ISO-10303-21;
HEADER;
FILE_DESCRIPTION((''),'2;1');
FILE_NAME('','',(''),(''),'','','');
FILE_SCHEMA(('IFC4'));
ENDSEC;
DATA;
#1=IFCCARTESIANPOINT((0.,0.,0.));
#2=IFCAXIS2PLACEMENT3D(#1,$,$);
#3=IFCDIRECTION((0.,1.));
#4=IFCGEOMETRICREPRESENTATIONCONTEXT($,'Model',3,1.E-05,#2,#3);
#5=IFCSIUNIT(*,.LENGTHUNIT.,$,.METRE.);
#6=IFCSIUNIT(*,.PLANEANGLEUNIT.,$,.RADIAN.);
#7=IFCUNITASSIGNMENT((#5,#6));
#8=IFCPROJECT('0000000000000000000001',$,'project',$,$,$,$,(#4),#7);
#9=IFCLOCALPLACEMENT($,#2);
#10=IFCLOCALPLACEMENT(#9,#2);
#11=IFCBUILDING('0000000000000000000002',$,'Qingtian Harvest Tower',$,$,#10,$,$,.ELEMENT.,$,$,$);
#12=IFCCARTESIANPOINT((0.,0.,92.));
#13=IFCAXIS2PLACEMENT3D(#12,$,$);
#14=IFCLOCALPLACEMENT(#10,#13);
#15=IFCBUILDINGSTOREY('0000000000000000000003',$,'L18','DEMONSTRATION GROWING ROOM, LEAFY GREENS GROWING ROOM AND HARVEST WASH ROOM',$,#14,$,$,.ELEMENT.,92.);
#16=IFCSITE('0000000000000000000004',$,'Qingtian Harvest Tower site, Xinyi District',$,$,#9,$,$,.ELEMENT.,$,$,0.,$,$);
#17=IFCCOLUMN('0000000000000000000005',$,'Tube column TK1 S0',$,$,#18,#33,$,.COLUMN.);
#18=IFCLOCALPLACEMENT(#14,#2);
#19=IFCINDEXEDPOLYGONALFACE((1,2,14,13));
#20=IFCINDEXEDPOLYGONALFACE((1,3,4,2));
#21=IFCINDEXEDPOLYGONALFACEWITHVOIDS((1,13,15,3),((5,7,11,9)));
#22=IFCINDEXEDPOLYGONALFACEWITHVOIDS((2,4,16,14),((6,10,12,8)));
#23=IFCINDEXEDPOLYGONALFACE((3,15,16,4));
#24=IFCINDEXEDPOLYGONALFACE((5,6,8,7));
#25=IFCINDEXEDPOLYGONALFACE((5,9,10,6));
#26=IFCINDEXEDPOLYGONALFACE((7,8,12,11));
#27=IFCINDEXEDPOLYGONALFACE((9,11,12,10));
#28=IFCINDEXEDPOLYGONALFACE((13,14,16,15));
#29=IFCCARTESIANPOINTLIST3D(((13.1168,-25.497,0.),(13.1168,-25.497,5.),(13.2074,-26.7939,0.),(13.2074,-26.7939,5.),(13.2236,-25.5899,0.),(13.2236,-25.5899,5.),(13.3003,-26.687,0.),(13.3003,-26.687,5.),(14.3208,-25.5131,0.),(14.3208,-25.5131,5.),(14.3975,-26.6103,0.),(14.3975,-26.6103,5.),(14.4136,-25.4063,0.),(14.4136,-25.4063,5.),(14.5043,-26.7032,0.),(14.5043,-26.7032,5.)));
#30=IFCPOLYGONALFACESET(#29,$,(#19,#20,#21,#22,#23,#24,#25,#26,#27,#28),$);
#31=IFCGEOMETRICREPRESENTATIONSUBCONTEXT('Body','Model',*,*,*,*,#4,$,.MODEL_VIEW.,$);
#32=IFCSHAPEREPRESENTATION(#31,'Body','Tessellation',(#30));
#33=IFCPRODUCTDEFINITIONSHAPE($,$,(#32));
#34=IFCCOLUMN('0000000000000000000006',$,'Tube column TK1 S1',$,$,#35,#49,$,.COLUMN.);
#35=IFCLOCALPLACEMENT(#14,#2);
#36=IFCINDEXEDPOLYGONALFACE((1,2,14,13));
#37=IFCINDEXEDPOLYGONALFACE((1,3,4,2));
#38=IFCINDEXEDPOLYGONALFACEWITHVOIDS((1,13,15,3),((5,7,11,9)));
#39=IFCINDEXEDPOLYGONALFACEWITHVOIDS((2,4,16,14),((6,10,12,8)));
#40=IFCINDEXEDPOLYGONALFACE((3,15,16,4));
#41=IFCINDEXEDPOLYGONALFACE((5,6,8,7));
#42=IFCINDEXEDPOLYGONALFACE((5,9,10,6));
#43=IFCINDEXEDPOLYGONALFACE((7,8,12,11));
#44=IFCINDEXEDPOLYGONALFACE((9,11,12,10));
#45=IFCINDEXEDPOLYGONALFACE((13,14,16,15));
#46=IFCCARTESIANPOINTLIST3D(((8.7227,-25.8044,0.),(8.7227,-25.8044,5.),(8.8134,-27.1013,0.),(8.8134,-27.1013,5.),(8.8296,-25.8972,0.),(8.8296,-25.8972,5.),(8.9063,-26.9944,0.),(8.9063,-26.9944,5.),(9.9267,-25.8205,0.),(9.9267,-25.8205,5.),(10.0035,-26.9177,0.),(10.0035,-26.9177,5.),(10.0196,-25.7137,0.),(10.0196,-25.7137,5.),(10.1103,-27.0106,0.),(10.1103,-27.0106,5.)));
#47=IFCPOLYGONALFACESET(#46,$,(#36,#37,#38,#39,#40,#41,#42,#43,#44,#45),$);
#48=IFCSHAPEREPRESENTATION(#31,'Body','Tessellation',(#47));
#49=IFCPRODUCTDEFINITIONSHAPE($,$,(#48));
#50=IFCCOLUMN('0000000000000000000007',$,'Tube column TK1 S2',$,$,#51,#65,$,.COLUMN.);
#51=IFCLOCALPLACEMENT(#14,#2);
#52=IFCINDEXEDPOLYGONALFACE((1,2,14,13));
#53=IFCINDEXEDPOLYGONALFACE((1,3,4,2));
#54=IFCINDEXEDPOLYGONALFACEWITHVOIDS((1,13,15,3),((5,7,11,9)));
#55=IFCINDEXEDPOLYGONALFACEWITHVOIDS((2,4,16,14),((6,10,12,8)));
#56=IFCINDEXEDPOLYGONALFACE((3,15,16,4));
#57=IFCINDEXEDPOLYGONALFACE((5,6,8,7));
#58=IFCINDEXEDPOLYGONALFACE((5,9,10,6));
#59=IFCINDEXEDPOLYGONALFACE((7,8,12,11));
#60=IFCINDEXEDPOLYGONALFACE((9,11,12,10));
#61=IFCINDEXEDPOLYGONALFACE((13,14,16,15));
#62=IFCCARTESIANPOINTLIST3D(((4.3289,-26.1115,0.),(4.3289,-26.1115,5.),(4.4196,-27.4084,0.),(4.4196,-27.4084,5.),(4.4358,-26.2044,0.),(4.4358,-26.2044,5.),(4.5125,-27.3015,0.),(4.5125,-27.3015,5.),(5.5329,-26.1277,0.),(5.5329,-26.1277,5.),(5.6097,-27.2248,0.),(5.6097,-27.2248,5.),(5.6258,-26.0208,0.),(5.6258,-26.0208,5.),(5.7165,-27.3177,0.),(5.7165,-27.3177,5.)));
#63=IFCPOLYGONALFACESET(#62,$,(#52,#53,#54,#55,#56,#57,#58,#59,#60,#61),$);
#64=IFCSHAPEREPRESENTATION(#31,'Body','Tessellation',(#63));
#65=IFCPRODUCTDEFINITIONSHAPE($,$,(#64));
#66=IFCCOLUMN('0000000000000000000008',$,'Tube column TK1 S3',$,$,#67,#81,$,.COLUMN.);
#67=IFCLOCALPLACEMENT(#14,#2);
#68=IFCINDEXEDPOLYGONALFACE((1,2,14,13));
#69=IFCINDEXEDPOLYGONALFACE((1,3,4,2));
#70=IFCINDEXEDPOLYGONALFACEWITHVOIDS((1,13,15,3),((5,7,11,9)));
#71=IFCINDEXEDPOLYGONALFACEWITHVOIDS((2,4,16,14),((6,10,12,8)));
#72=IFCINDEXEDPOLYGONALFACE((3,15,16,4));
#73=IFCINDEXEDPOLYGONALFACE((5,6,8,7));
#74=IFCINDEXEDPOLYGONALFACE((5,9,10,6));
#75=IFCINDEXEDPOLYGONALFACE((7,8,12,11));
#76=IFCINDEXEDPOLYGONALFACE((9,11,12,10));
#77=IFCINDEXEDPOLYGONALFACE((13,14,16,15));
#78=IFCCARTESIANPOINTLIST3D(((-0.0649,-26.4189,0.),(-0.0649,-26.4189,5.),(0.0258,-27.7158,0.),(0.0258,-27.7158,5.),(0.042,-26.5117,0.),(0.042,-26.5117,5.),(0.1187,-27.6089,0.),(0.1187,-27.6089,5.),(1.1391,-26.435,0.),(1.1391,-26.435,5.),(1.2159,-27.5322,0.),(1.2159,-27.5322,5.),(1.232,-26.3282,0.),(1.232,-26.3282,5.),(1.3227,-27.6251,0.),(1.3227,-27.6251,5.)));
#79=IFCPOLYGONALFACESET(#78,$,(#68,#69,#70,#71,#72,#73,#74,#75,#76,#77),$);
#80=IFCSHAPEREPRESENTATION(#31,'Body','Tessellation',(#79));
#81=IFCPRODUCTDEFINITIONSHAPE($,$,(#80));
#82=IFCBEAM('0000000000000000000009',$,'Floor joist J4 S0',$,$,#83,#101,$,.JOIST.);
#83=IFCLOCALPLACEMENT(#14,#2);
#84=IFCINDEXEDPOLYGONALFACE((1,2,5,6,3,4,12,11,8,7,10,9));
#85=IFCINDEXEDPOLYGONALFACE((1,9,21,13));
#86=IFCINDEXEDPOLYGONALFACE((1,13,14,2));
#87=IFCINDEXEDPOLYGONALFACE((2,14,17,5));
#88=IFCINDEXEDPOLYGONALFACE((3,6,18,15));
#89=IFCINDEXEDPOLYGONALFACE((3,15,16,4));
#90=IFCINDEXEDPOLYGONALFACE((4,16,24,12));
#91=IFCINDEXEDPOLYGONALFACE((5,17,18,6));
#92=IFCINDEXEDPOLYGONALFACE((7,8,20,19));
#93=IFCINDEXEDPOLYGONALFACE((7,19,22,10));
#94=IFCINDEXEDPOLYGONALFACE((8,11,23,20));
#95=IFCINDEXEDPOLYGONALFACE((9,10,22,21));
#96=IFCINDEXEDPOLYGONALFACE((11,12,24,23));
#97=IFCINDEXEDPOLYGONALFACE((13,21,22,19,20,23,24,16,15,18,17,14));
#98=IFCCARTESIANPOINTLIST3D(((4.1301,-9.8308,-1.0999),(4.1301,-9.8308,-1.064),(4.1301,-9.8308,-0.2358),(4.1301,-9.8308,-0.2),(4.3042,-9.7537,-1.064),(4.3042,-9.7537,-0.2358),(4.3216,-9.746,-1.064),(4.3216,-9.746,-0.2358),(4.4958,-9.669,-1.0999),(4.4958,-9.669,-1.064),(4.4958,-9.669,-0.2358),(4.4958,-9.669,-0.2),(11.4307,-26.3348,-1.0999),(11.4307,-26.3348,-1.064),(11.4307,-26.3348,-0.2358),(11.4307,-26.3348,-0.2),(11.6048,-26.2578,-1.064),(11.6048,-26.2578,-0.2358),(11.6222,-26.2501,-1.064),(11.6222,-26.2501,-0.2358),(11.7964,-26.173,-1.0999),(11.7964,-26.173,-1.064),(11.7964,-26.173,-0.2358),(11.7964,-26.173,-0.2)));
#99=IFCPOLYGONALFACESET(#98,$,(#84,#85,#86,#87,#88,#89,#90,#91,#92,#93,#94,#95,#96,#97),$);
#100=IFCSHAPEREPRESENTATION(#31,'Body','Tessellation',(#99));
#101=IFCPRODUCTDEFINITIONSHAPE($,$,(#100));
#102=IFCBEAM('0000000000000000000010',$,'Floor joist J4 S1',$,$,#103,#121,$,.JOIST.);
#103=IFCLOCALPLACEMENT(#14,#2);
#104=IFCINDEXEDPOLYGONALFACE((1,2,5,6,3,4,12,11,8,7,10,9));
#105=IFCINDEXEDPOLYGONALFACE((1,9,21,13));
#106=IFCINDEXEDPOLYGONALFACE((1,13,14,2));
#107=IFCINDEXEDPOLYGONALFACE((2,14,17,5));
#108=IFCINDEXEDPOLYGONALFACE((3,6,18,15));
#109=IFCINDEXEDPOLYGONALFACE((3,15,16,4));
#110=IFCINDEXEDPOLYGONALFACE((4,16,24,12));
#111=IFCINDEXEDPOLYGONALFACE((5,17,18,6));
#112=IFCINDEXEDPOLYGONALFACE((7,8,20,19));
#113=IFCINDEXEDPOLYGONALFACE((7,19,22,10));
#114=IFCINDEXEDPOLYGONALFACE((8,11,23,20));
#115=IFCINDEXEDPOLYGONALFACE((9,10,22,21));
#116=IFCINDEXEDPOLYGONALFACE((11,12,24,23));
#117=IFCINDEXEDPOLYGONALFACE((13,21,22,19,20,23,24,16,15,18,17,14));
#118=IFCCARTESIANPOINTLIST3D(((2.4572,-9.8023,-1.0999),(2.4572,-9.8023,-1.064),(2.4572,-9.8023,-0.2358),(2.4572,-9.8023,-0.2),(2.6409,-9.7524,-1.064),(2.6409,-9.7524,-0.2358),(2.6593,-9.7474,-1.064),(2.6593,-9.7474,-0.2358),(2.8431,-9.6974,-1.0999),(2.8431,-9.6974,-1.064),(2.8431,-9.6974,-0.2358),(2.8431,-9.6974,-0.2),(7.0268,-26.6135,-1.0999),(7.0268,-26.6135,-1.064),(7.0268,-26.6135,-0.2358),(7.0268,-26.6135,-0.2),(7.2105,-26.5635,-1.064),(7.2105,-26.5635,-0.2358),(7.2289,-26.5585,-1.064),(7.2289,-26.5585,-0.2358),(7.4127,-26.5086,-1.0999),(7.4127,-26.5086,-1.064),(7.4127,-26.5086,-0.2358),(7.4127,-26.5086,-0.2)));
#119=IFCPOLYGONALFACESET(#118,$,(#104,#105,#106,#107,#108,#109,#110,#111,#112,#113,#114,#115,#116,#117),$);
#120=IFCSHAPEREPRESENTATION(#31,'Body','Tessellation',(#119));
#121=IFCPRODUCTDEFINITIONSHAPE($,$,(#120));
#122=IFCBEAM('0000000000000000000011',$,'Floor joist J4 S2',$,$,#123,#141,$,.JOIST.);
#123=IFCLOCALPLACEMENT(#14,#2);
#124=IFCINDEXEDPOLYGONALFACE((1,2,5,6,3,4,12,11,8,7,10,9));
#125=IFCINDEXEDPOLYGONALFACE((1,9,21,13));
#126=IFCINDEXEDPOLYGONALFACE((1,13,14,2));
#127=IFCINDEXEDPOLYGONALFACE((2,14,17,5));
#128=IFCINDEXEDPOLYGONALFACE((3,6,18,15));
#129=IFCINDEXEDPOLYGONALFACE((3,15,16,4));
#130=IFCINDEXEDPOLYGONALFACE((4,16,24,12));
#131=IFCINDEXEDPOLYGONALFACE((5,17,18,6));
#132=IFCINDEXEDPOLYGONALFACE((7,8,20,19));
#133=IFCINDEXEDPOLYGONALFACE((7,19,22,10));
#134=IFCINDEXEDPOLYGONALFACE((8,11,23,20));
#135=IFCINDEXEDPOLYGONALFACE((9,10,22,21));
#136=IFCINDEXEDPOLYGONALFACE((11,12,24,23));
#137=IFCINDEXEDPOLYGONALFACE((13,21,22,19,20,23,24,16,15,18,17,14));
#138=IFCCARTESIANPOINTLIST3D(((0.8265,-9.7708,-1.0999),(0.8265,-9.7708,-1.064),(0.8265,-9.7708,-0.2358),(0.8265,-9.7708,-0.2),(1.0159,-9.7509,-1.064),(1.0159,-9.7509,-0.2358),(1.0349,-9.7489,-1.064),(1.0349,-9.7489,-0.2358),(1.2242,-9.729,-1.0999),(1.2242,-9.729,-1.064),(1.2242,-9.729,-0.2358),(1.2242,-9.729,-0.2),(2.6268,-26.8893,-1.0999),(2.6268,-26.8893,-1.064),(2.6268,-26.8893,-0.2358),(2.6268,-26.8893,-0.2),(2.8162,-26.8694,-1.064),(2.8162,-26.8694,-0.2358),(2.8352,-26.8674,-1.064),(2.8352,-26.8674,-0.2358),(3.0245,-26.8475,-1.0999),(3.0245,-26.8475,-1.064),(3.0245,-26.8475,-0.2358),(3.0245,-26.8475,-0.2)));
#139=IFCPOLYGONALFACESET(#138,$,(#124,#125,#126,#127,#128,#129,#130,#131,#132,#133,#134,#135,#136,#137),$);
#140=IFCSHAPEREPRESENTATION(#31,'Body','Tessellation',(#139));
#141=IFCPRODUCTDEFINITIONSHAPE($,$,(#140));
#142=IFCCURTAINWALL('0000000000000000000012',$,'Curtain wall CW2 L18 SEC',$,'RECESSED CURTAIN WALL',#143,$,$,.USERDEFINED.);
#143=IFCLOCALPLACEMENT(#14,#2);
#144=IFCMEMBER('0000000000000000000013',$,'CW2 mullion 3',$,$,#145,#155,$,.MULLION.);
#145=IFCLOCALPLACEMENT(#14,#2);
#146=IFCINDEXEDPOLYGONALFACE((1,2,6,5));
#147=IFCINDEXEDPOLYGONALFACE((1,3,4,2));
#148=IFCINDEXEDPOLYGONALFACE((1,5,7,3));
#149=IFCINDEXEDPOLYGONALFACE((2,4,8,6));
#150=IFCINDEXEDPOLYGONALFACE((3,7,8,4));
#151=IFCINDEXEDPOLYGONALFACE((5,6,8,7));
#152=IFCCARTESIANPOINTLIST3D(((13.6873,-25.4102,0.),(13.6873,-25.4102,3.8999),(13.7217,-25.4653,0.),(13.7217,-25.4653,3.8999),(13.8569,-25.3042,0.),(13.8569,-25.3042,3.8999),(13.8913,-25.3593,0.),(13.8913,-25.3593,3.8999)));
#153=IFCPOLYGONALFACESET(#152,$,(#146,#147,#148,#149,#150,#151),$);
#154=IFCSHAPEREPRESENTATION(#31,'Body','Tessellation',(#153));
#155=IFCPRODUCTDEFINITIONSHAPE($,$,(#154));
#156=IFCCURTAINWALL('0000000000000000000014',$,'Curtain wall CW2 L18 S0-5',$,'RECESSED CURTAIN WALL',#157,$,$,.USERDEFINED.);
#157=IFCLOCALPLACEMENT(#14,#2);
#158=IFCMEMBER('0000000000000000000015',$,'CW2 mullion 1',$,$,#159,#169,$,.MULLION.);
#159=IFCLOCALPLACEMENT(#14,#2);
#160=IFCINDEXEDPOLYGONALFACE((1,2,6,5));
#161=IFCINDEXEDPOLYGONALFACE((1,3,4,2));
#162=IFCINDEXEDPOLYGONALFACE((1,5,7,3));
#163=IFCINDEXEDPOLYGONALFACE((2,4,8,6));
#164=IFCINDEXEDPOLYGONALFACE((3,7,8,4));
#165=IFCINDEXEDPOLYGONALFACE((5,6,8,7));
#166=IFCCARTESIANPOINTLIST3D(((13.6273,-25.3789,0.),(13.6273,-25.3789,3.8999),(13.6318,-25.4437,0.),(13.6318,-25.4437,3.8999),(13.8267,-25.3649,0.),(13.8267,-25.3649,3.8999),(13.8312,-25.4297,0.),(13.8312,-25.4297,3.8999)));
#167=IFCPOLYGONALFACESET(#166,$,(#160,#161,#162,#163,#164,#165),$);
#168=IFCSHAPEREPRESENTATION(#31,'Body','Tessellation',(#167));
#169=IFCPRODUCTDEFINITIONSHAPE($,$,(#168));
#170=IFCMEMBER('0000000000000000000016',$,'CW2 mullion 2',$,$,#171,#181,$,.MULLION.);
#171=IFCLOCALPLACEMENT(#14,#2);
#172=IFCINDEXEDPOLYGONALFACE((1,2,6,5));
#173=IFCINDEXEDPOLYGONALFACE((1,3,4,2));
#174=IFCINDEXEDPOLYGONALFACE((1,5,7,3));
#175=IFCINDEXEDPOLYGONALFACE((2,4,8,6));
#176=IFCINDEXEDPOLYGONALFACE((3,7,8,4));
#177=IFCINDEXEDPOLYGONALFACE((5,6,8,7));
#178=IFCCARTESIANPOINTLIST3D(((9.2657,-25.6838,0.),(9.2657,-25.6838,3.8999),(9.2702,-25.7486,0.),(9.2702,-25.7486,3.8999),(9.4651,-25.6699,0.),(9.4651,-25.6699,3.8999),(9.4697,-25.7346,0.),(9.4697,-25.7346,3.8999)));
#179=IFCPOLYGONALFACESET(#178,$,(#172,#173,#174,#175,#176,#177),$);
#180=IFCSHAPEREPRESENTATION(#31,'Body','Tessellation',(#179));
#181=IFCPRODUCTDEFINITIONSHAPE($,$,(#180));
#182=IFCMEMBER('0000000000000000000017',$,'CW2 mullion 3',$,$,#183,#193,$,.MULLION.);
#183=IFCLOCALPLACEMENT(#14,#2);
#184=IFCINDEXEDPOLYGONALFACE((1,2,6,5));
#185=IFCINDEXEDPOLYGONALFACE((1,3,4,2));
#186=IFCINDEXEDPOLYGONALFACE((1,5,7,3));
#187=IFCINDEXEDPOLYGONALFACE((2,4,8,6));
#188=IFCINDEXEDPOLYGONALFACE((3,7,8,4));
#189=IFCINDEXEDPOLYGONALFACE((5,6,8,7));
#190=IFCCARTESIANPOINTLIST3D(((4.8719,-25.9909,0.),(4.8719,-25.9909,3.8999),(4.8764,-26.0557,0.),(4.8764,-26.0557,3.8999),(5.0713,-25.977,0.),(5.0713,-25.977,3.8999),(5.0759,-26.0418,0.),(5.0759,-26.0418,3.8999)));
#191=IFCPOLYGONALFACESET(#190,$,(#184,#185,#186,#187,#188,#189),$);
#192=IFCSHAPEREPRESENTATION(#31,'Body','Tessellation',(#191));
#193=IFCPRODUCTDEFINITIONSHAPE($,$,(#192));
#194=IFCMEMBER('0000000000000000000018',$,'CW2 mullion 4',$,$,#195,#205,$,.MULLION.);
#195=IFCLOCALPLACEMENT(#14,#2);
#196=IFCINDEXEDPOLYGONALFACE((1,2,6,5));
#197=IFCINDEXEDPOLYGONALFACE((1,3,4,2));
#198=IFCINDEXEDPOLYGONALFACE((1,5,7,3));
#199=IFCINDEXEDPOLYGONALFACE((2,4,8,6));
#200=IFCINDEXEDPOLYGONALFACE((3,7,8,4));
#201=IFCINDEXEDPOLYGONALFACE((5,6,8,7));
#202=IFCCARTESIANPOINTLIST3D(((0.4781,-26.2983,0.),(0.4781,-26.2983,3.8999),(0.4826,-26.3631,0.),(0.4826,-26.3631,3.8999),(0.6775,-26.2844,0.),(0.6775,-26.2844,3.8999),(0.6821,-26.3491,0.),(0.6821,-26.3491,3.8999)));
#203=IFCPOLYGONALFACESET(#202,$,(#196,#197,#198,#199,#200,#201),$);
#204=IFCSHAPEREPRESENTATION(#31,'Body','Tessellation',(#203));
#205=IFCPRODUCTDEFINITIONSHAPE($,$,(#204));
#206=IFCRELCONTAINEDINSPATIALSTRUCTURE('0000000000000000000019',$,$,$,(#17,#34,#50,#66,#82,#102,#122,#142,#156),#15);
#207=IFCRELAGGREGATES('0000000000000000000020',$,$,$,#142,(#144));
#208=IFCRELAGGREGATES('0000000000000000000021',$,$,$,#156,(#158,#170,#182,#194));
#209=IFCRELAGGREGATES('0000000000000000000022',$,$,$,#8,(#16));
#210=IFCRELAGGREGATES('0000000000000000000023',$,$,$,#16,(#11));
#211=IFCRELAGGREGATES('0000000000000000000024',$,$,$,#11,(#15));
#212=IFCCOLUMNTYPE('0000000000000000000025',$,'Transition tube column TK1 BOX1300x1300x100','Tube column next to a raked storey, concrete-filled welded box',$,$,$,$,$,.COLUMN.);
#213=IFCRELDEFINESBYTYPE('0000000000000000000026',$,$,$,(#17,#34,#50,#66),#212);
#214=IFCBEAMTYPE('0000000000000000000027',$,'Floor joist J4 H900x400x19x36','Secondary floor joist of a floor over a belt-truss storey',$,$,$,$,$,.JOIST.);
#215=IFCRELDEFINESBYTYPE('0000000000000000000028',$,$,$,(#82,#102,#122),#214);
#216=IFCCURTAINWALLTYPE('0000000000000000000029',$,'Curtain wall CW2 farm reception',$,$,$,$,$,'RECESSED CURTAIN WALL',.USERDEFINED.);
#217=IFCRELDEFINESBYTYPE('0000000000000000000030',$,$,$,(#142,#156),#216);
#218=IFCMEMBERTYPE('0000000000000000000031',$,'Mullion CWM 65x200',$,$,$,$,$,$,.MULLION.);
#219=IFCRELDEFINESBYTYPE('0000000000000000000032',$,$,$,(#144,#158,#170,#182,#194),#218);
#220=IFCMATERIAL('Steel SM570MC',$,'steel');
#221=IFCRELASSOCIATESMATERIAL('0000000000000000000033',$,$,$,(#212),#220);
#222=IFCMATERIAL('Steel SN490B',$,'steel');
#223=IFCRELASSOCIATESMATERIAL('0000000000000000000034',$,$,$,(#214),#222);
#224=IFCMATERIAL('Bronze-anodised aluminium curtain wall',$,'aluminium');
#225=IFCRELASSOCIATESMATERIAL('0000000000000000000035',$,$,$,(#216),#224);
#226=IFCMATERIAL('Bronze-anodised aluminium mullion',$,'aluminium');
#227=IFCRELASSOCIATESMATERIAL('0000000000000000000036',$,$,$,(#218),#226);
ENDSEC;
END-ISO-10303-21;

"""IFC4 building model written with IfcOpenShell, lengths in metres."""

from ifc_helpers import new_model, si_unit, direction, frame, origin, origin_2d, place, context, subcontext, project, spatial, rectangle, hollow_rectangle, i_section, extrude, material, material_profile, profile_set, type_object, element, aggregate, save


model = new_model("IFC4")

# Units and contexts
model_context = context("Model", 3, precision=1e-05, world=origin(), true_north=direction((0.0, 1.0)))
body_context = subcontext(model_context, "Body", "Model", "MODEL_VIEW")
ifc_project = project(units=[si_unit("LENGTHUNIT", "METRE"), si_unit("PLANEANGLEUNIT", "RADIAN")], contexts=[model_context])

# Site, building, storey
site_placement = place(None, origin())
site = spatial("IfcSite", under=ifc_project, at=site_placement, Name="Qingtian Harvest Tower site, Xinyi District", CompositionType="ELEMENT", RefElevation=0.0)
building_placement = place(site_placement, origin())
building = spatial("IfcBuilding", under=site, at=building_placement, Name="Qingtian Harvest Tower", CompositionType="ELEMENT")
storey_placement = place(building_placement, frame((0.0, 0.0, 92.0)))
storey = spatial("IfcBuildingStorey", under=building, at=storey_placement, Name="L18", Description="DEMONSTRATION GROWING ROOM, LEAFY GREENS GROWING ROOM AND HARVEST WASH ROOM", CompositionType="ELEMENT", Elevation=92.0)

# Columns
ifc_material_1 = material(Name="Steel SM570MC", Category="steel")
ifc_material_profile_1 = material_profile(ifc_material_1, hollow_rectangle(XDim=1.3, YDim=1.3, WallThickness=0.1001, at=origin_2d()), Name="BOX1300x1300x100")
ifc_profile_set_1 = profile_set([ifc_material_profile_1], Name="Steel SM570MC")
column_type = type_object("IfcColumnType", Name="Transition tube column TK1 BOX1300x1300x100", Description="Tube column next to a raked storey, concrete-filled welded box", PredefinedType="COLUMN", material=ifc_profile_set_1)
for number, where, z_axis, x_axis, name in (
    (1, (13.8105, -26.1001, 0.0), (0.0, 0.0, 1.0), (0.997564, 0.069756, 0.0), "Tube column TK1 S0"),
    (2, (9.4165, -26.4075, 0.0), (0.0, 0.0, 1.0), (0.997564, 0.069756, 0.0), "Tube column TK1 S1"),
    (3, (5.0227, -26.7146, 0.0), (0.0, 0.0, 1.0), (0.997564, 0.069756, 0.0), "Tube column TK1 S2"),
    (4, (0.6289, -27.022, 0.0), (0.0, 0.0, 1.0), (0.997564, 0.069756, 0.0), "Tube column TK1 S3"),
):
    element("IfcColumn", number, at=place(storey_placement, frame(where, z_axis=z_axis, x_axis=x_axis)), inside=storey, type_object=column_type, Name=name, PredefinedType="COLUMN", context=body_context, shape_type="SweptSolid", body=[
        extrude(hollow_rectangle(XDim=1.3, YDim=1.3, WallThickness=0.1001, at=origin_2d()), origin(), (0.0, 0.0, 1.0), 5.0),
    ])

# Beams
ifc_material_2 = material(Name="Steel SN490B", Category="steel")
ifc_material_profile_2 = material_profile(ifc_material_2, i_section(OverallWidth=0.3999, OverallDepth=0.8999, WebThickness=0.019, FlangeThickness=0.0359, at=origin_2d()), Name="H900x400x19x36")
ifc_profile_set_2 = profile_set([ifc_material_profile_2], Name="Steel SN490B")
beam_type_1 = type_object("IfcBeamType", Name="Floor joist J4 H900x400x19x36", Description="Secondary floor joist of a floor over a belt-truss storey", PredefinedType="JOIST", material=ifc_profile_set_2)
beam_1_placement = place(storey_placement, frame((11.6135, -26.2539, -0.6499), z_axis=(-0.40454, 0.91452, 0.0), x_axis=(-0.91452, -0.40454, 0.0)))
element("IfcBeam", 5, at=beam_1_placement, inside=storey, type_object=beam_type_1, Name="Floor joist J4 S0", PredefinedType="JOIST", context=body_context, shape_type="SweptSolid", body=[
    extrude(i_section(OverallWidth=0.3999, OverallDepth=0.8999, WebThickness=0.019, FlangeThickness=0.0359, at=origin_2d()), origin(), (0.0, 0.0, 1.0), 18.0466),
])
beam_2_placement = place(storey_placement, frame((7.2197, -26.561, -0.6499), z_axis=(-0.262303, 0.964986, 0.0), x_axis=(-0.964986, -0.262303, 0.0)))
element("IfcBeam", 6, at=beam_2_placement, inside=storey, type_object=beam_type_1, Name="Floor joist J4 S1", PredefinedType="JOIST", context=body_context, shape_type="SweptSolid", body=[
    extrude(i_section(OverallWidth=0.3999, OverallDepth=0.8999, WebThickness=0.019, FlangeThickness=0.0359, at=origin_2d()), origin(), (0.0, 0.0, 1.0), 17.4211),
])
beam_3_placement = place(storey_placement, frame((2.8257, -26.8684, -0.6499), z_axis=(-0.10459, 0.994515, 0.0), x_axis=(-0.994515, -0.10459, 0.0)))
element("IfcBeam", 7, at=beam_3_placement, inside=storey, type_object=beam_type_1, Name="Floor joist J4 S2", PredefinedType="JOIST", context=body_context, shape_type="SweptSolid", body=[
    extrude(i_section(OverallWidth=0.3999, OverallDepth=0.8999, WebThickness=0.019, FlangeThickness=0.0359, at=origin_2d()), origin(), (0.0, 0.0, 1.0), 17.2129),
])

# Curtain wall, member
ifc_material_3 = material(Name="Bronze-anodised aluminium curtain wall", Category="aluminium")
curtain_wall_type = type_object("IfcCurtainWallType", Name="Curtain wall CW2 farm reception", ElementType="RECESSED CURTAIN WALL", PredefinedType="USERDEFINED", material=ifc_material_3)
curtain_wall_1_placement = place(storey_placement, origin())
curtain_wall_1 = element("IfcCurtainWall", 8, at=curtain_wall_1_placement, inside=storey, type_object=curtain_wall_type, Name="Curtain wall CW2 L18 SEC", ObjectType="RECESSED CURTAIN WALL", PredefinedType="USERDEFINED")
ifc_material_4 = material(Name="Bronze-anodised aluminium mullion", Category="aluminium")
ifc_material_profile_3 = material_profile(ifc_material_4, rectangle(XDim=0.0649, YDim=0.2, at=origin_2d()), Name="AL 65x200")
ifc_profile_set_3 = profile_set([ifc_material_profile_3], Name="Bronze-anodised aluminium mullion")
member_type_1 = type_object("IfcMemberType", Name="Mullion CWM 65x200", PredefinedType="MULLION", material=ifc_profile_set_3)
member_1_placement = place(storey_placement, frame((13.7893, -25.3848, 0.0), z_axis=(0.0, 0.0, 1.0), x_axis=(0.529919, -0.848048, 0.0)))
member_1 = element("IfcMember", 9, at=member_1_placement, type_object=member_type_1, Name="CW2 mullion 3", PredefinedType="MULLION", context=body_context, shape_type="SweptSolid", body=[
    extrude(rectangle(XDim=0.0649, YDim=0.2, at=origin_2d()), origin(), (0.0, 0.0, 1.0), 3.8999),
])
aggregate(curtain_wall_1, [member_1])

# Curtain wall, members
curtain_wall_2_placement = place(storey_placement, origin())
curtain_wall_2 = element("IfcCurtainWall", 10, at=curtain_wall_2_placement, inside=storey, type_object=curtain_wall_type, Name="Curtain wall CW2 L18 S0-5", ObjectType="RECESSED CURTAIN WALL", PredefinedType="USERDEFINED")
member_2_placement = place(storey_placement, frame((13.7292, -25.4043, 0.0), z_axis=(0.0, 0.0, 1.0), x_axis=(0.069756, -0.997564, 0.0)))
member_2 = element("IfcMember", 11, at=member_2_placement, type_object=member_type_1, Name="CW2 mullion 1", PredefinedType="MULLION", context=body_context, shape_type="SweptSolid", body=[
    extrude(rectangle(XDim=0.0649, YDim=0.2, at=origin_2d()), origin(), (0.0, 0.0, 1.0), 3.8999),
])
member_3_placement = place(storey_placement, frame((9.3677, -25.7092, 0.0), z_axis=(0.0, 0.0, 1.0), x_axis=(0.069756, -0.997564, 0.0)))
member_3 = element("IfcMember", 12, at=member_3_placement, type_object=member_type_1, Name="CW2 mullion 2", PredefinedType="MULLION", context=body_context, shape_type="SweptSolid", body=[
    extrude(rectangle(XDim=0.0649, YDim=0.2, at=origin_2d()), origin(), (0.0, 0.0, 1.0), 3.8999),
])
member_4_placement = place(storey_placement, frame((4.9739, -26.0164, 0.0), z_axis=(0.0, 0.0, 1.0), x_axis=(0.069756, -0.997564, 0.0)))
member_4 = element("IfcMember", 13, at=member_4_placement, type_object=member_type_1, Name="CW2 mullion 3", PredefinedType="MULLION", context=body_context, shape_type="SweptSolid", body=[
    extrude(rectangle(XDim=0.0649, YDim=0.2, at=origin_2d()), origin(), (0.0, 0.0, 1.0), 3.8999),
])
member_5_placement = place(storey_placement, frame((0.5801, -26.3237, 0.0), z_axis=(0.0, 0.0, 1.0), x_axis=(0.069756, -0.997564, 0.0)))
member_5 = element("IfcMember", 14, at=member_5_placement, type_object=member_type_1, Name="CW2 mullion 4", PredefinedType="MULLION", context=body_context, shape_type="SweptSolid", body=[
    extrude(rectangle(XDim=0.0649, YDim=0.2, at=origin_2d()), origin(), (0.0, 0.0, 1.0), 3.8999),
])

aggregate(curtain_wall_2, [member_2, member_3, member_4, member_5])

save(model, "model.ifc")
